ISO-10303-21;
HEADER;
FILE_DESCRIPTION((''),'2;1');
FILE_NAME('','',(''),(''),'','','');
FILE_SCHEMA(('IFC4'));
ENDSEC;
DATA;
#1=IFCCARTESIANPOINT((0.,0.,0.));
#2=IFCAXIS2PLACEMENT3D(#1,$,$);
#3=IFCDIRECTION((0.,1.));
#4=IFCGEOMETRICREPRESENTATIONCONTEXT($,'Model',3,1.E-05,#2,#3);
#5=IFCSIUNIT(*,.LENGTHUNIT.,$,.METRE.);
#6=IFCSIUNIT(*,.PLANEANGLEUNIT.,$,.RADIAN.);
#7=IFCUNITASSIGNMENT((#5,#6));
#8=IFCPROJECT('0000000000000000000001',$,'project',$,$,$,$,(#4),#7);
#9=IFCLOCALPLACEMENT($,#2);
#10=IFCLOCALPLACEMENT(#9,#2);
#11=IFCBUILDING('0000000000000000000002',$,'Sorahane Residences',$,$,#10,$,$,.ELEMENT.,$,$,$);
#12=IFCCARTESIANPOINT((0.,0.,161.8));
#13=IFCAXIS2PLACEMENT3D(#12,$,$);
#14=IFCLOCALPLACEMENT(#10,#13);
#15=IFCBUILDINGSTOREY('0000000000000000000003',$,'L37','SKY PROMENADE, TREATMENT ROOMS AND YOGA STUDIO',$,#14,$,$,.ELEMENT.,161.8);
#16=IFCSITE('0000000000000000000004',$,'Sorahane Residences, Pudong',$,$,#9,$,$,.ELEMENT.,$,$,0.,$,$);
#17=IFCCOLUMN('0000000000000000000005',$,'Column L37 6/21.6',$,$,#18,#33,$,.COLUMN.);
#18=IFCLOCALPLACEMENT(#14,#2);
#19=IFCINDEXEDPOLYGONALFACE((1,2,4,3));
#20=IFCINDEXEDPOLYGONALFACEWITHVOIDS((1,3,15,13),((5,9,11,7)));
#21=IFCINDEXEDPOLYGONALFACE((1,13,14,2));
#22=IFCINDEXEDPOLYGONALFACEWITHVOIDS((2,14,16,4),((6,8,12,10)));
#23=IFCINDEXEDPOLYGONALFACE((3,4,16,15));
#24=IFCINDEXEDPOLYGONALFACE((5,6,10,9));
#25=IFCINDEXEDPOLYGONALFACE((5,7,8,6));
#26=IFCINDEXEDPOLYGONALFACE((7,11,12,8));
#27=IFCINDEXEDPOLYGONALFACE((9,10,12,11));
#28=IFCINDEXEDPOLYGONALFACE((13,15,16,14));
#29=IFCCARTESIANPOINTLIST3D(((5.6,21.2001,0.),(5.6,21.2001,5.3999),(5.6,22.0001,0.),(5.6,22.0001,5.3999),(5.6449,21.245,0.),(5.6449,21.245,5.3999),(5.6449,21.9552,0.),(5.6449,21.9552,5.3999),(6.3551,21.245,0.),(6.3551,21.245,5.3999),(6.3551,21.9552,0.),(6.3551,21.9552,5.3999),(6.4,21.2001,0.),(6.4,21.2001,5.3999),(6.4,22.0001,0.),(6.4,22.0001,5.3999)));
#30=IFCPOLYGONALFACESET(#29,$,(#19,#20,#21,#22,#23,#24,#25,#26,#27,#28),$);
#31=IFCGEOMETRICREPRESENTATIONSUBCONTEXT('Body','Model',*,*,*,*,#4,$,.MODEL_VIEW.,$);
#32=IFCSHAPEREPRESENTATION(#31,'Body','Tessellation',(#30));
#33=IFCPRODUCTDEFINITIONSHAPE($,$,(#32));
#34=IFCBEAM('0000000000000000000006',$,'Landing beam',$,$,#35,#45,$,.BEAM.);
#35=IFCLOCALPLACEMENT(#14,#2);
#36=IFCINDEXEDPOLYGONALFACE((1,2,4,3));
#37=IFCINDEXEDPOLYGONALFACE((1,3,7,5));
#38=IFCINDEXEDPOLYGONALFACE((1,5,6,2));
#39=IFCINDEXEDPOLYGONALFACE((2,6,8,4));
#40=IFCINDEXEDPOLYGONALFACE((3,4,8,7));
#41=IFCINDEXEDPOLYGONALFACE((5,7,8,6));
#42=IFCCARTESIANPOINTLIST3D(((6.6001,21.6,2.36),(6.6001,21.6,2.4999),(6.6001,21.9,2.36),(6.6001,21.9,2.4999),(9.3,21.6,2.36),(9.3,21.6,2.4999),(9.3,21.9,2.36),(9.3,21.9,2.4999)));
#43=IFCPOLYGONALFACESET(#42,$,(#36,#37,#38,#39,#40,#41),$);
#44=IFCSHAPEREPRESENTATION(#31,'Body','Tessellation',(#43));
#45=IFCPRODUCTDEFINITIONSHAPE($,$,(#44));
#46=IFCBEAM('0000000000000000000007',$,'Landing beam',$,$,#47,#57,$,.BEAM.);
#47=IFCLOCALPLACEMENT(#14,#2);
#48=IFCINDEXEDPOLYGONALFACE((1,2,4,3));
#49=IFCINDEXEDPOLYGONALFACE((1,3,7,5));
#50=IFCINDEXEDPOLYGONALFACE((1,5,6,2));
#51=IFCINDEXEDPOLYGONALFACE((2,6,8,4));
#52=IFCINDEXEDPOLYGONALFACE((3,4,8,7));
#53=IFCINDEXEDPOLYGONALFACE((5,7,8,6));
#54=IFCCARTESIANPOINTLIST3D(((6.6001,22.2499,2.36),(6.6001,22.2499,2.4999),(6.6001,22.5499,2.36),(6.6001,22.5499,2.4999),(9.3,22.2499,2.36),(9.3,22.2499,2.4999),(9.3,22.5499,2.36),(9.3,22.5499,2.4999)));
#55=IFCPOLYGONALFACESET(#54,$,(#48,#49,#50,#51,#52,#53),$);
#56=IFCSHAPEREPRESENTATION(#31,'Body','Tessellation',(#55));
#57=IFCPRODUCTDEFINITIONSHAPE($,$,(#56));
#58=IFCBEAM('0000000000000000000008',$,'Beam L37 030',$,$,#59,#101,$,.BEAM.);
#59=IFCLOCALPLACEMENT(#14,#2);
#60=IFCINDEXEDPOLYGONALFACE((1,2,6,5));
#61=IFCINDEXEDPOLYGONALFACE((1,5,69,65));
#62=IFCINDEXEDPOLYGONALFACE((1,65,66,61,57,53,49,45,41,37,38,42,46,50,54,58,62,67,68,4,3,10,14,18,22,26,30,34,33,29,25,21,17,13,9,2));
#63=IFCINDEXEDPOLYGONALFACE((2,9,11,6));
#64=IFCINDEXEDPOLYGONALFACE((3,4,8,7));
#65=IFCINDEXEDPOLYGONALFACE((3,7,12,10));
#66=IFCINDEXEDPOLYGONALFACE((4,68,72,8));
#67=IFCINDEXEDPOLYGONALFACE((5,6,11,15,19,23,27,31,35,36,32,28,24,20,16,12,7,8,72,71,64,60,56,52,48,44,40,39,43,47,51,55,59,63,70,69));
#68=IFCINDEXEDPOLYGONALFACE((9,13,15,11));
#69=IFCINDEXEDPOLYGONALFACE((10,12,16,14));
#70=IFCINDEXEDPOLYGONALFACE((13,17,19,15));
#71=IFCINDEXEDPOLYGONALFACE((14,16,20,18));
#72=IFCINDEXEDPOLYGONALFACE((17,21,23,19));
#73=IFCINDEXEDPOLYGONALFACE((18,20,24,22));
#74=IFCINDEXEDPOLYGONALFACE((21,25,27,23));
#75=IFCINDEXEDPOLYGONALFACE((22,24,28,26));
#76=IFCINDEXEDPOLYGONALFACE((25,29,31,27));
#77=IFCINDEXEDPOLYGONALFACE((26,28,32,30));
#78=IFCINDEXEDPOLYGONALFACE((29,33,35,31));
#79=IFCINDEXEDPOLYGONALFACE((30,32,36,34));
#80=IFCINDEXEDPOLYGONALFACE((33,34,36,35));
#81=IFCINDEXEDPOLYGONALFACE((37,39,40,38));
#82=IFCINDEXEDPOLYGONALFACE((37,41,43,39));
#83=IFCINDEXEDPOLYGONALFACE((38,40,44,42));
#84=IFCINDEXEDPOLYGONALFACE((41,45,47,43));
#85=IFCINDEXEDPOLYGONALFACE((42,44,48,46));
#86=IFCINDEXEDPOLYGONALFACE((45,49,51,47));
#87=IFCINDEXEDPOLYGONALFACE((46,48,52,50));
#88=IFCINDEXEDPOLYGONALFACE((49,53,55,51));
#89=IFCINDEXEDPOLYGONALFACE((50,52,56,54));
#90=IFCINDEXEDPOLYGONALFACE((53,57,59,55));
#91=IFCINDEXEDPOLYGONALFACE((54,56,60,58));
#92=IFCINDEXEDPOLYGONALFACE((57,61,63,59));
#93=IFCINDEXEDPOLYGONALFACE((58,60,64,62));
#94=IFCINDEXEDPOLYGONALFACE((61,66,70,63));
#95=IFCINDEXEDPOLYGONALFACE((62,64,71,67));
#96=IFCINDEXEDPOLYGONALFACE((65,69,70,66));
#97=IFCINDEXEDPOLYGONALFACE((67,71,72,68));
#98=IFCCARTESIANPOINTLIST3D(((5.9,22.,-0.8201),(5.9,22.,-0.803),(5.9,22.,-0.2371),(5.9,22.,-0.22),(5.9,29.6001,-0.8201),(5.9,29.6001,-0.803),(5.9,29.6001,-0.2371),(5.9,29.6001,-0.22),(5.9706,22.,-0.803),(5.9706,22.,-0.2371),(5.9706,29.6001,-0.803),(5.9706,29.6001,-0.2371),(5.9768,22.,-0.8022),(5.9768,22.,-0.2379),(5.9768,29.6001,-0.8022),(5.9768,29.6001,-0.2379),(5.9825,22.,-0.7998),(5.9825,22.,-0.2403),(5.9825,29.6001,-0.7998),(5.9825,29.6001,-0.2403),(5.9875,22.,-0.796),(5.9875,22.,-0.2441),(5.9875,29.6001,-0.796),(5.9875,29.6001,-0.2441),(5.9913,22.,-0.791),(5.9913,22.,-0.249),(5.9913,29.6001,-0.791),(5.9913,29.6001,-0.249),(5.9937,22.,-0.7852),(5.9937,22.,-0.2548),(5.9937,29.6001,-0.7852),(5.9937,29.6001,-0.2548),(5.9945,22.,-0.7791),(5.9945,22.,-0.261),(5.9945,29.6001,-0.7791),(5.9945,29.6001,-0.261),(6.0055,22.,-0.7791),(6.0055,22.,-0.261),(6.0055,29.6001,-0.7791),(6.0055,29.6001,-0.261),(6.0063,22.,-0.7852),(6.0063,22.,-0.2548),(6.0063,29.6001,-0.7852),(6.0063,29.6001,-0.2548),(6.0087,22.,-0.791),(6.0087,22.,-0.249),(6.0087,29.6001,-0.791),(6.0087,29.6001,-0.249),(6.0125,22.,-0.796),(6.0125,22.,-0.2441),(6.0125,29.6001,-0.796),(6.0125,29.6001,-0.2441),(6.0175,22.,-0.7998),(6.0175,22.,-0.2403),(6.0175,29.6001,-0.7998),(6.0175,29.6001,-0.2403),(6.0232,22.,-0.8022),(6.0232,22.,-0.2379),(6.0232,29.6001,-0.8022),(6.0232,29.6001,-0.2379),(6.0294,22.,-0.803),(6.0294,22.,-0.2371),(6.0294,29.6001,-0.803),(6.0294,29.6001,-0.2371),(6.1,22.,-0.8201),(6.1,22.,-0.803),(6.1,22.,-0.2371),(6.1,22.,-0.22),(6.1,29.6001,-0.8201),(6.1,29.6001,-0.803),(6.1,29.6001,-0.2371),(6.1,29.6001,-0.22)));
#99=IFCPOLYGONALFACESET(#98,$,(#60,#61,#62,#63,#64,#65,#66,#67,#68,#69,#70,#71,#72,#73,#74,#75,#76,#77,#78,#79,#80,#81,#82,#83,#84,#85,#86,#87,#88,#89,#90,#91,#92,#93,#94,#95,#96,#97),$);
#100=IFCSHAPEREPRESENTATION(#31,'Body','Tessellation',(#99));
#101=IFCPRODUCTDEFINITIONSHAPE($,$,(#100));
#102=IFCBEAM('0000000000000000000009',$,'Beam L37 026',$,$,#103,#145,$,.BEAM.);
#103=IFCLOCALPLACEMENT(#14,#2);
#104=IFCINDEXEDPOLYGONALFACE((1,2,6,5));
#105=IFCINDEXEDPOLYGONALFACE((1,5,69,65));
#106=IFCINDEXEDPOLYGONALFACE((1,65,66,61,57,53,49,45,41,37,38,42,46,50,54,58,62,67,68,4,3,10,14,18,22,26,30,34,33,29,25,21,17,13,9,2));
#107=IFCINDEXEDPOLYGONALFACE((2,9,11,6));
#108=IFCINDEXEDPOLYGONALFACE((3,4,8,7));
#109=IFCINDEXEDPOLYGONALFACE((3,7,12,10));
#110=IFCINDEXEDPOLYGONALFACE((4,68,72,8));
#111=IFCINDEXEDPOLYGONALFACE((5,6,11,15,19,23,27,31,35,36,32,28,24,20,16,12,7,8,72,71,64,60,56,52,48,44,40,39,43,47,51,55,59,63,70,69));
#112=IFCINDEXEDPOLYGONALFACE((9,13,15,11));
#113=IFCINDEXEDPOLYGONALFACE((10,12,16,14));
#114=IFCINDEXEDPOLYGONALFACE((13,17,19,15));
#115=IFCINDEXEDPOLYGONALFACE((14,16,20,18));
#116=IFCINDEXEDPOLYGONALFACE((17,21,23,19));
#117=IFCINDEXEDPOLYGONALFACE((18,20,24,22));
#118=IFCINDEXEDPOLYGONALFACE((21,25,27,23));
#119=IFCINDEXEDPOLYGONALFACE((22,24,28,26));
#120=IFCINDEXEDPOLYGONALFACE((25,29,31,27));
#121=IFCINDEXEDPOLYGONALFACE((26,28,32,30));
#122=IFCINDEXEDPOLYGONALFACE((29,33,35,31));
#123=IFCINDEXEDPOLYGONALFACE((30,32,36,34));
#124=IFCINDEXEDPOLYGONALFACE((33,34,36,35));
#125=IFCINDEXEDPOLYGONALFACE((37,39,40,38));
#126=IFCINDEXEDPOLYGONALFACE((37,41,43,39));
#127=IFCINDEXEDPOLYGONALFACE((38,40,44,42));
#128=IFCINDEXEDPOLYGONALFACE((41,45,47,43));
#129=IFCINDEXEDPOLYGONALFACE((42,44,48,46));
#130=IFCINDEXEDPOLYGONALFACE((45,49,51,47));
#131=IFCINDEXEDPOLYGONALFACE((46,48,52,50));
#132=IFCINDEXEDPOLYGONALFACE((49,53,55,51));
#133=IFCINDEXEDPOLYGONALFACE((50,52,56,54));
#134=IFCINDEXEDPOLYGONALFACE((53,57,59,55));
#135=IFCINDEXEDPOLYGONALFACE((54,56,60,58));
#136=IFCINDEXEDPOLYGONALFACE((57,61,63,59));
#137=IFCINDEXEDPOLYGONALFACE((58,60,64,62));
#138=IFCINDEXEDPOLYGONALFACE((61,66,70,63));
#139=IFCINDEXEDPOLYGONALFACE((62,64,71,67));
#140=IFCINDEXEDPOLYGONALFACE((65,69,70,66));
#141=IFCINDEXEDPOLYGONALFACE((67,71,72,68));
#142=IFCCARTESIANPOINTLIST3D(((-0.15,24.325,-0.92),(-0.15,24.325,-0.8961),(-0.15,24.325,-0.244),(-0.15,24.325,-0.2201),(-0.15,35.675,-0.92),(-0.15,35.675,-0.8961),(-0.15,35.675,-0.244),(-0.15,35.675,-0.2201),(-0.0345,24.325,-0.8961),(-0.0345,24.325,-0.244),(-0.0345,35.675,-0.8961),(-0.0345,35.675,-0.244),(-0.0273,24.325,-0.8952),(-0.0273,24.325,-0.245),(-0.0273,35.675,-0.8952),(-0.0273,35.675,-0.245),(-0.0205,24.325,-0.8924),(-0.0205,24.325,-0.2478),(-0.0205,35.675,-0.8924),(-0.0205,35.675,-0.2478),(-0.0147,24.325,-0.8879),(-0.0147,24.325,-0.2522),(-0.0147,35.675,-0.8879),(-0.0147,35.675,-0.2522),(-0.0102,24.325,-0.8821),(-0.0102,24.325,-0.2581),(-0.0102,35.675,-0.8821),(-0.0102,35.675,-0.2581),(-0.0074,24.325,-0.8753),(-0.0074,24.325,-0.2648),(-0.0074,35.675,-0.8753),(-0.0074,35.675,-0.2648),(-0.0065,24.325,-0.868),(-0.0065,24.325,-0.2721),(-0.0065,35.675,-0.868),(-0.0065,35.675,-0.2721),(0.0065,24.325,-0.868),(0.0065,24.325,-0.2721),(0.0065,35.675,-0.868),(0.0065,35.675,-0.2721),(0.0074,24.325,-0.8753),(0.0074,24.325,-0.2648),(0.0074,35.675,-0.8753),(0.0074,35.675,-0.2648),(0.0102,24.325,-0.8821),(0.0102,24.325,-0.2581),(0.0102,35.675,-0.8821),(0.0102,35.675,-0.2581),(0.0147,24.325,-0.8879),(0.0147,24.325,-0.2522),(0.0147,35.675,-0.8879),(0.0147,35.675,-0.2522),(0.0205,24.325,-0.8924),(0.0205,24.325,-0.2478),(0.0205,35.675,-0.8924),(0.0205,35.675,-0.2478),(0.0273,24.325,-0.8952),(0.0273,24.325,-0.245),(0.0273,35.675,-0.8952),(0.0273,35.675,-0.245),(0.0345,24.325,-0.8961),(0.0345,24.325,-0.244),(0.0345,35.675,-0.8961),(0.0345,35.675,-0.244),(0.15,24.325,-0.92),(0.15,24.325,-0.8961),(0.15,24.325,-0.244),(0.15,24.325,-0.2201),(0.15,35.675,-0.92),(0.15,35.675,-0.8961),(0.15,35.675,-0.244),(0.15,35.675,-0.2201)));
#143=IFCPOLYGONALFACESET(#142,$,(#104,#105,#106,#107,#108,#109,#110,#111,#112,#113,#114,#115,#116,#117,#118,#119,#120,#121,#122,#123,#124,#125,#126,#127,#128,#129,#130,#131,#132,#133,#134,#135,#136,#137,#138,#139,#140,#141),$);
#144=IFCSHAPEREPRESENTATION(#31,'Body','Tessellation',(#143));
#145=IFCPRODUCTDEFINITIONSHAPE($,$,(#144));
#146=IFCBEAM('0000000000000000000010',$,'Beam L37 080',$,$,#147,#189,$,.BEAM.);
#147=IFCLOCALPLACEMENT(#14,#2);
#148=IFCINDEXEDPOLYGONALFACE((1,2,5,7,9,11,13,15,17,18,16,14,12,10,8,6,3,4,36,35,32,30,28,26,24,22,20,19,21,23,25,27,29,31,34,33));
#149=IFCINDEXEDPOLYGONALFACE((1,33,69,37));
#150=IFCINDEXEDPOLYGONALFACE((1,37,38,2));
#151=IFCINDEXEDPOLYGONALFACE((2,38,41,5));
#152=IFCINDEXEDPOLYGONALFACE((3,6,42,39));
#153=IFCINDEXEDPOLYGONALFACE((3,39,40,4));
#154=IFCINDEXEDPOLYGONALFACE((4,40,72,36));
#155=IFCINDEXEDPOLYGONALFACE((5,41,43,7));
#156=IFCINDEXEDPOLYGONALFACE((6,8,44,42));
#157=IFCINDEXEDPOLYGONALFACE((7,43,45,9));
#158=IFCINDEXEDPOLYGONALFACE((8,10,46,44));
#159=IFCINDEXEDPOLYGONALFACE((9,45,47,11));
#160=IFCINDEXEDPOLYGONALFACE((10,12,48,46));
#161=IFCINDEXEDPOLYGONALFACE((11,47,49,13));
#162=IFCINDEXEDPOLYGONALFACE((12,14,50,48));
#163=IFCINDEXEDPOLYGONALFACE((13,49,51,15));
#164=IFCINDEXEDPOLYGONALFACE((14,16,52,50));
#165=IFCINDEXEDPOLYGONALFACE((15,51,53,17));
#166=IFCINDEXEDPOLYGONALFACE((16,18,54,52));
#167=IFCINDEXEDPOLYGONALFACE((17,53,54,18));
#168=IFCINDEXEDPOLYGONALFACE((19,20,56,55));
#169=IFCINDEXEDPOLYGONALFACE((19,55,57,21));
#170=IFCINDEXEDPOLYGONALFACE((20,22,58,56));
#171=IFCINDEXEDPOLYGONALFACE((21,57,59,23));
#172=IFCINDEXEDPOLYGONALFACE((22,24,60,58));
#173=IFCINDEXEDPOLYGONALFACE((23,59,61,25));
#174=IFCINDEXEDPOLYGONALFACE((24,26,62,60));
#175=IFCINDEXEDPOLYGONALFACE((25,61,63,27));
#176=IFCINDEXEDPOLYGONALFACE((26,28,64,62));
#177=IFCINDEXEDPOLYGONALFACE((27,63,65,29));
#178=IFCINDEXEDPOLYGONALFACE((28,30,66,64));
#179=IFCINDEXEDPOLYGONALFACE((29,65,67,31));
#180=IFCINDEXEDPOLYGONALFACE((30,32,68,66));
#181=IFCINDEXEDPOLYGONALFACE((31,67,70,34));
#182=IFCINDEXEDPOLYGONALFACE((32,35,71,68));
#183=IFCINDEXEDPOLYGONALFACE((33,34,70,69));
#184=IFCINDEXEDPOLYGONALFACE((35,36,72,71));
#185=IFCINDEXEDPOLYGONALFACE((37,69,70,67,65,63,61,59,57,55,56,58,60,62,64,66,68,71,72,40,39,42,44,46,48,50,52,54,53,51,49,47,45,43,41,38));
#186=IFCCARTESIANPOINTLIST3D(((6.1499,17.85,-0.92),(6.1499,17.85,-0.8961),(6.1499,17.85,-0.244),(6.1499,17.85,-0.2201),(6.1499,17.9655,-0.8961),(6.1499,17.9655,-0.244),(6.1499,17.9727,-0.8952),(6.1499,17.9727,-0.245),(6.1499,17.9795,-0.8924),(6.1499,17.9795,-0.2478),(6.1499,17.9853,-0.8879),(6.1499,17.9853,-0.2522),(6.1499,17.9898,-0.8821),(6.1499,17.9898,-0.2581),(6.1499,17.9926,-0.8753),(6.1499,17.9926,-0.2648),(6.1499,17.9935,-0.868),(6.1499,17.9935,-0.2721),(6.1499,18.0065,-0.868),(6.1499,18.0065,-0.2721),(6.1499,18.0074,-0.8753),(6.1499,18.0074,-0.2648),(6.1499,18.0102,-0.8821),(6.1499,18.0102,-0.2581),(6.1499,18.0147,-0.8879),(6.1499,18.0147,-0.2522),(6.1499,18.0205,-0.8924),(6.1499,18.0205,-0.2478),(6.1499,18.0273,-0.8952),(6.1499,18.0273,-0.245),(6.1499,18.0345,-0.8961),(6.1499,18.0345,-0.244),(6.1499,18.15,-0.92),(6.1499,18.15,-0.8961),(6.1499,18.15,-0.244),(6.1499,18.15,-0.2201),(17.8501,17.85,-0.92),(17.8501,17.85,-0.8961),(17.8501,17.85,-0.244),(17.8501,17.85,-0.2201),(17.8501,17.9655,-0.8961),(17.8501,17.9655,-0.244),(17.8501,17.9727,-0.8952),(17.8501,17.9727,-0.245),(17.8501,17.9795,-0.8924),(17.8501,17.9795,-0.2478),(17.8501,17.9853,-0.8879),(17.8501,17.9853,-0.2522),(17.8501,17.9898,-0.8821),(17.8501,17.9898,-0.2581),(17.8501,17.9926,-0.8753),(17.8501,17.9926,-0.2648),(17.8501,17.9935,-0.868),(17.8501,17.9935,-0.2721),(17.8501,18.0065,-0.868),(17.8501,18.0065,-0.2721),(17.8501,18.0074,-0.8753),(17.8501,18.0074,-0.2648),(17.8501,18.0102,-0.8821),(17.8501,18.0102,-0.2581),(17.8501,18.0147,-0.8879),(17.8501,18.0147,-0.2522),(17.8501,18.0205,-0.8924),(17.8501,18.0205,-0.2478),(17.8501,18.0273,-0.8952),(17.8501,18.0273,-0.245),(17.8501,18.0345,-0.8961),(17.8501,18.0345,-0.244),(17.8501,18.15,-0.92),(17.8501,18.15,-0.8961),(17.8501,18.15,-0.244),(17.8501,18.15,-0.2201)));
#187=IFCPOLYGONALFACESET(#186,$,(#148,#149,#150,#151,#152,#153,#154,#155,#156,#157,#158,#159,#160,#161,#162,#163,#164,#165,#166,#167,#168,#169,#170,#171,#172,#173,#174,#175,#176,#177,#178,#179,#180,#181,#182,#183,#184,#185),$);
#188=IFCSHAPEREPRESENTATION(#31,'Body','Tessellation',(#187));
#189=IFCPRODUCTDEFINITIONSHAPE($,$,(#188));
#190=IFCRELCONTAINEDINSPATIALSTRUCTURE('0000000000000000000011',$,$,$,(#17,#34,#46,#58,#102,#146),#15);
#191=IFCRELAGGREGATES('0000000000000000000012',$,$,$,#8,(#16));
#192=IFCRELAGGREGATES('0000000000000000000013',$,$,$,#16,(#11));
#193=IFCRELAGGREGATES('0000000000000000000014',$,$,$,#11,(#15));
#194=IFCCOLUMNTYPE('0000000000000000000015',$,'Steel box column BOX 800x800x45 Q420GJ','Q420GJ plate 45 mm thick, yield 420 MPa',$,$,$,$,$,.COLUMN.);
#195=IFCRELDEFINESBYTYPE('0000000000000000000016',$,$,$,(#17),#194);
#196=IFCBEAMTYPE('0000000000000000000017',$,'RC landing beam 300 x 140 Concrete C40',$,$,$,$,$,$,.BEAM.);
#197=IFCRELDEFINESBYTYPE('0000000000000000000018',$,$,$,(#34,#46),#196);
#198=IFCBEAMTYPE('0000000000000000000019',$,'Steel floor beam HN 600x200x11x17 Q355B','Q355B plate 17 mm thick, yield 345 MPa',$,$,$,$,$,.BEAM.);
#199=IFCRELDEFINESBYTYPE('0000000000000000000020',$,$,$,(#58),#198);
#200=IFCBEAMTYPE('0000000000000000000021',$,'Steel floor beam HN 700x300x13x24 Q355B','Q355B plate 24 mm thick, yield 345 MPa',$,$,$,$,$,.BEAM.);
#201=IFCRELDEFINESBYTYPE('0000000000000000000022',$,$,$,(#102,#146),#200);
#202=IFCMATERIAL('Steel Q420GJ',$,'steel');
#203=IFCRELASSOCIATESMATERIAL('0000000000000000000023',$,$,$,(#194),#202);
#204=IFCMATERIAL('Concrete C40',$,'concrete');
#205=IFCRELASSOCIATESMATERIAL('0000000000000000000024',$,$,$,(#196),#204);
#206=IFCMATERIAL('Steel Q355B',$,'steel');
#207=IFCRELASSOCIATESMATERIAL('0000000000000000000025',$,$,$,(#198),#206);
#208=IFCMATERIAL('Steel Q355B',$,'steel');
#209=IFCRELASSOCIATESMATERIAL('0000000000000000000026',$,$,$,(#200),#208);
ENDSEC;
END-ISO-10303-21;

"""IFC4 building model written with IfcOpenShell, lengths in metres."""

from ifc_helpers import new_model, si_unit, direction, frame, origin, origin_2d, place, context, subcontext, project, spatial, rectangle, hollow_rectangle, i_section, extrude, material, material_profile, profile_set, type_object, element, save


model = new_model("IFC4")

# Units and contexts
model_context = context("Model", 3, precision=1e-05, world=origin(), true_north=direction((0.0, 1.0)))
body_context = subcontext(model_context, "Body", "Model", "MODEL_VIEW")
ifc_project = project(units=[si_unit("LENGTHUNIT", "METRE"), si_unit("PLANEANGLEUNIT", "RADIAN")], contexts=[model_context])

# Site, building, storey
site_placement = place(None, origin())
site = spatial("IfcSite", under=ifc_project, at=site_placement, Name="Sorahane Residences, Pudong", CompositionType="ELEMENT", RefElevation=0.0)
building_placement = place(site_placement, origin())
building = spatial("IfcBuilding", under=site, at=building_placement, Name="Sorahane Residences", CompositionType="ELEMENT")
storey_placement = place(building_placement, frame((0.0, 0.0, 161.8)))
storey = spatial("IfcBuildingStorey", under=building, at=storey_placement, Name="L37", Description="SKY PROMENADE, TREATMENT ROOMS AND YOGA STUDIO", CompositionType="ELEMENT", Elevation=161.8)

# Column
ifc_material_1 = material(Name="Steel Q420GJ", Category="steel")
ifc_material_profile_1 = material_profile(ifc_material_1, hollow_rectangle(XDim=0.8, YDim=0.8, WallThickness=0.0449, at=origin_2d()), Name="BOX 800x800x45")
ifc_profile_set_1 = profile_set([ifc_material_profile_1], Name="Steel Q420GJ")
column_type = type_object("IfcColumnType", Name="Steel box column BOX 800x800x45 Q420GJ", Description="Q420GJ plate 45 mm thick, yield 420 MPa", PredefinedType="COLUMN", material=ifc_profile_set_1)
column_placement = place(storey_placement, frame((6.0, 21.6001, 0.0), z_axis=(0.0, 0.0, 1.0), x_axis=(1.0, 0.0, 0.0)))
element("IfcColumn", 1, at=column_placement, inside=storey, type_object=column_type, Name="Column L37 6/21.6", PredefinedType="COLUMN", context=body_context, shape_type="SweptSolid", body=[
    extrude(hollow_rectangle(XDim=0.8, YDim=0.8, WallThickness=0.0449, at=origin_2d()), origin(), (0.0, 0.0, 1.0), 5.3999),
])

# Beams
ifc_material_2 = material(Name="Concrete C40", Category="concrete")
ifc_material_profile_2 = material_profile(ifc_material_2, rectangle(XDim=0.3, YDim=0.1399, at=origin_2d()), Name="300x140")
ifc_profile_set_2 = profile_set([ifc_material_profile_2], Name="Concrete C40")
beam_type_1 = type_object("IfcBeamType", Name="RC landing beam 300 x 140 Concrete C40", PredefinedType="BEAM", material=ifc_profile_set_2)
for number, where, z_axis, x_axis, name in (
    (2, (6.6001, 21.75, 2.4299), (1.0, 0.0, 0.0), (0.0, 1.0, 0.0), "Landing beam"),
    (3, (6.6001, 22.3999, 2.4299), (1.0, 0.0, 0.0), (0.0, 1.0, 0.0), "Landing beam"),
):
    element("IfcBeam", number, at=place(storey_placement, frame(where, z_axis=z_axis, x_axis=x_axis)), inside=storey, type_object=beam_type_1, Name=name, PredefinedType="BEAM", context=body_context, shape_type="SweptSolid", body=[
        extrude(rectangle(XDim=0.3, YDim=0.1399, at=origin_2d()), origin(), (0.0, 0.0, 1.0), 2.7),
    ])
ifc_material_3 = material(Name="Steel Q355B", Category="steel")
ifc_material_profile_3 = material_profile(ifc_material_3, i_section(OverallWidth=0.2, OverallDepth=0.6001, WebThickness=0.011, FlangeThickness=0.0171, FilletRadius=0.0239, at=origin_2d()), Name="HN 600x200x11x17")
ifc_profile_set_3 = profile_set([ifc_material_profile_3], Name="Steel Q355B")
beam_type_2 = type_object("IfcBeamType", Name="Steel floor beam HN 600x200x11x17 Q355B", Description="Q355B plate 17 mm thick, yield 345 MPa", PredefinedType="BEAM", material=ifc_profile_set_3)
beam_1_placement = place(storey_placement, frame((6.0, 22.0, -0.52), z_axis=(0.0, 1.0, 0.0), x_axis=(-1.0, 0.0, 0.0)))
element("IfcBeam", 4, at=beam_1_placement, inside=storey, type_object=beam_type_2, Name="Beam L37 030", PredefinedType="BEAM", context=body_context, shape_type="SweptSolid", body=[
    extrude(i_section(OverallWidth=0.2, OverallDepth=0.6001, WebThickness=0.011, FlangeThickness=0.0171, FilletRadius=0.0239, at=origin_2d()), origin(), (0.0, 0.0, 1.0), 7.6001),
])
ifc_material_4 = material(Name="Steel Q355B", Category="steel")
ifc_material_profile_4 = material_profile(ifc_material_4, i_section(OverallWidth=0.3, OverallDepth=0.7, WebThickness=0.0129, FlangeThickness=0.0239, FilletRadius=0.0281, at=origin_2d()), Name="HN 700x300x13x24")
ifc_profile_set_4 = profile_set([ifc_material_profile_4], Name="Steel Q355B")
beam_type_3 = type_object("IfcBeamType", Name="Steel floor beam HN 700x300x13x24 Q355B", Description="Q355B plate 24 mm thick, yield 345 MPa", PredefinedType="BEAM", material=ifc_profile_set_4)
beam_2_placement = place(storey_placement, frame((0.0, 24.325, -0.5701), z_axis=(0.0, 1.0, 0.0), x_axis=(-1.0, 0.0, 0.0)))
element("IfcBeam", 5, at=beam_2_placement, inside=storey, type_object=beam_type_3, Name="Beam L37 026", PredefinedType="BEAM", context=body_context, shape_type="SweptSolid", body=[
    extrude(i_section(OverallWidth=0.3, OverallDepth=0.7, WebThickness=0.0129, FlangeThickness=0.0239, FilletRadius=0.0281, at=origin_2d()), origin(), (0.0, 0.0, 1.0), 11.3501),
])
beam_3_placement = place(storey_placement, frame((6.1499, 18.0, -0.5701), z_axis=(1.0, 0.0, 0.0), x_axis=(0.0, 1.0, 0.0)))
element("IfcBeam", 6, at=beam_3_placement, inside=storey, type_object=beam_type_3, Name="Beam L37 080", PredefinedType="BEAM", context=body_context, shape_type="SweptSolid", body=[
    extrude(i_section(OverallWidth=0.3, OverallDepth=0.7, WebThickness=0.0129, FlangeThickness=0.0239, FilletRadius=0.0281, at=origin_2d()), origin(), (0.0, 0.0, 1.0), 11.7002),
])

save(model, "model.ifc")
